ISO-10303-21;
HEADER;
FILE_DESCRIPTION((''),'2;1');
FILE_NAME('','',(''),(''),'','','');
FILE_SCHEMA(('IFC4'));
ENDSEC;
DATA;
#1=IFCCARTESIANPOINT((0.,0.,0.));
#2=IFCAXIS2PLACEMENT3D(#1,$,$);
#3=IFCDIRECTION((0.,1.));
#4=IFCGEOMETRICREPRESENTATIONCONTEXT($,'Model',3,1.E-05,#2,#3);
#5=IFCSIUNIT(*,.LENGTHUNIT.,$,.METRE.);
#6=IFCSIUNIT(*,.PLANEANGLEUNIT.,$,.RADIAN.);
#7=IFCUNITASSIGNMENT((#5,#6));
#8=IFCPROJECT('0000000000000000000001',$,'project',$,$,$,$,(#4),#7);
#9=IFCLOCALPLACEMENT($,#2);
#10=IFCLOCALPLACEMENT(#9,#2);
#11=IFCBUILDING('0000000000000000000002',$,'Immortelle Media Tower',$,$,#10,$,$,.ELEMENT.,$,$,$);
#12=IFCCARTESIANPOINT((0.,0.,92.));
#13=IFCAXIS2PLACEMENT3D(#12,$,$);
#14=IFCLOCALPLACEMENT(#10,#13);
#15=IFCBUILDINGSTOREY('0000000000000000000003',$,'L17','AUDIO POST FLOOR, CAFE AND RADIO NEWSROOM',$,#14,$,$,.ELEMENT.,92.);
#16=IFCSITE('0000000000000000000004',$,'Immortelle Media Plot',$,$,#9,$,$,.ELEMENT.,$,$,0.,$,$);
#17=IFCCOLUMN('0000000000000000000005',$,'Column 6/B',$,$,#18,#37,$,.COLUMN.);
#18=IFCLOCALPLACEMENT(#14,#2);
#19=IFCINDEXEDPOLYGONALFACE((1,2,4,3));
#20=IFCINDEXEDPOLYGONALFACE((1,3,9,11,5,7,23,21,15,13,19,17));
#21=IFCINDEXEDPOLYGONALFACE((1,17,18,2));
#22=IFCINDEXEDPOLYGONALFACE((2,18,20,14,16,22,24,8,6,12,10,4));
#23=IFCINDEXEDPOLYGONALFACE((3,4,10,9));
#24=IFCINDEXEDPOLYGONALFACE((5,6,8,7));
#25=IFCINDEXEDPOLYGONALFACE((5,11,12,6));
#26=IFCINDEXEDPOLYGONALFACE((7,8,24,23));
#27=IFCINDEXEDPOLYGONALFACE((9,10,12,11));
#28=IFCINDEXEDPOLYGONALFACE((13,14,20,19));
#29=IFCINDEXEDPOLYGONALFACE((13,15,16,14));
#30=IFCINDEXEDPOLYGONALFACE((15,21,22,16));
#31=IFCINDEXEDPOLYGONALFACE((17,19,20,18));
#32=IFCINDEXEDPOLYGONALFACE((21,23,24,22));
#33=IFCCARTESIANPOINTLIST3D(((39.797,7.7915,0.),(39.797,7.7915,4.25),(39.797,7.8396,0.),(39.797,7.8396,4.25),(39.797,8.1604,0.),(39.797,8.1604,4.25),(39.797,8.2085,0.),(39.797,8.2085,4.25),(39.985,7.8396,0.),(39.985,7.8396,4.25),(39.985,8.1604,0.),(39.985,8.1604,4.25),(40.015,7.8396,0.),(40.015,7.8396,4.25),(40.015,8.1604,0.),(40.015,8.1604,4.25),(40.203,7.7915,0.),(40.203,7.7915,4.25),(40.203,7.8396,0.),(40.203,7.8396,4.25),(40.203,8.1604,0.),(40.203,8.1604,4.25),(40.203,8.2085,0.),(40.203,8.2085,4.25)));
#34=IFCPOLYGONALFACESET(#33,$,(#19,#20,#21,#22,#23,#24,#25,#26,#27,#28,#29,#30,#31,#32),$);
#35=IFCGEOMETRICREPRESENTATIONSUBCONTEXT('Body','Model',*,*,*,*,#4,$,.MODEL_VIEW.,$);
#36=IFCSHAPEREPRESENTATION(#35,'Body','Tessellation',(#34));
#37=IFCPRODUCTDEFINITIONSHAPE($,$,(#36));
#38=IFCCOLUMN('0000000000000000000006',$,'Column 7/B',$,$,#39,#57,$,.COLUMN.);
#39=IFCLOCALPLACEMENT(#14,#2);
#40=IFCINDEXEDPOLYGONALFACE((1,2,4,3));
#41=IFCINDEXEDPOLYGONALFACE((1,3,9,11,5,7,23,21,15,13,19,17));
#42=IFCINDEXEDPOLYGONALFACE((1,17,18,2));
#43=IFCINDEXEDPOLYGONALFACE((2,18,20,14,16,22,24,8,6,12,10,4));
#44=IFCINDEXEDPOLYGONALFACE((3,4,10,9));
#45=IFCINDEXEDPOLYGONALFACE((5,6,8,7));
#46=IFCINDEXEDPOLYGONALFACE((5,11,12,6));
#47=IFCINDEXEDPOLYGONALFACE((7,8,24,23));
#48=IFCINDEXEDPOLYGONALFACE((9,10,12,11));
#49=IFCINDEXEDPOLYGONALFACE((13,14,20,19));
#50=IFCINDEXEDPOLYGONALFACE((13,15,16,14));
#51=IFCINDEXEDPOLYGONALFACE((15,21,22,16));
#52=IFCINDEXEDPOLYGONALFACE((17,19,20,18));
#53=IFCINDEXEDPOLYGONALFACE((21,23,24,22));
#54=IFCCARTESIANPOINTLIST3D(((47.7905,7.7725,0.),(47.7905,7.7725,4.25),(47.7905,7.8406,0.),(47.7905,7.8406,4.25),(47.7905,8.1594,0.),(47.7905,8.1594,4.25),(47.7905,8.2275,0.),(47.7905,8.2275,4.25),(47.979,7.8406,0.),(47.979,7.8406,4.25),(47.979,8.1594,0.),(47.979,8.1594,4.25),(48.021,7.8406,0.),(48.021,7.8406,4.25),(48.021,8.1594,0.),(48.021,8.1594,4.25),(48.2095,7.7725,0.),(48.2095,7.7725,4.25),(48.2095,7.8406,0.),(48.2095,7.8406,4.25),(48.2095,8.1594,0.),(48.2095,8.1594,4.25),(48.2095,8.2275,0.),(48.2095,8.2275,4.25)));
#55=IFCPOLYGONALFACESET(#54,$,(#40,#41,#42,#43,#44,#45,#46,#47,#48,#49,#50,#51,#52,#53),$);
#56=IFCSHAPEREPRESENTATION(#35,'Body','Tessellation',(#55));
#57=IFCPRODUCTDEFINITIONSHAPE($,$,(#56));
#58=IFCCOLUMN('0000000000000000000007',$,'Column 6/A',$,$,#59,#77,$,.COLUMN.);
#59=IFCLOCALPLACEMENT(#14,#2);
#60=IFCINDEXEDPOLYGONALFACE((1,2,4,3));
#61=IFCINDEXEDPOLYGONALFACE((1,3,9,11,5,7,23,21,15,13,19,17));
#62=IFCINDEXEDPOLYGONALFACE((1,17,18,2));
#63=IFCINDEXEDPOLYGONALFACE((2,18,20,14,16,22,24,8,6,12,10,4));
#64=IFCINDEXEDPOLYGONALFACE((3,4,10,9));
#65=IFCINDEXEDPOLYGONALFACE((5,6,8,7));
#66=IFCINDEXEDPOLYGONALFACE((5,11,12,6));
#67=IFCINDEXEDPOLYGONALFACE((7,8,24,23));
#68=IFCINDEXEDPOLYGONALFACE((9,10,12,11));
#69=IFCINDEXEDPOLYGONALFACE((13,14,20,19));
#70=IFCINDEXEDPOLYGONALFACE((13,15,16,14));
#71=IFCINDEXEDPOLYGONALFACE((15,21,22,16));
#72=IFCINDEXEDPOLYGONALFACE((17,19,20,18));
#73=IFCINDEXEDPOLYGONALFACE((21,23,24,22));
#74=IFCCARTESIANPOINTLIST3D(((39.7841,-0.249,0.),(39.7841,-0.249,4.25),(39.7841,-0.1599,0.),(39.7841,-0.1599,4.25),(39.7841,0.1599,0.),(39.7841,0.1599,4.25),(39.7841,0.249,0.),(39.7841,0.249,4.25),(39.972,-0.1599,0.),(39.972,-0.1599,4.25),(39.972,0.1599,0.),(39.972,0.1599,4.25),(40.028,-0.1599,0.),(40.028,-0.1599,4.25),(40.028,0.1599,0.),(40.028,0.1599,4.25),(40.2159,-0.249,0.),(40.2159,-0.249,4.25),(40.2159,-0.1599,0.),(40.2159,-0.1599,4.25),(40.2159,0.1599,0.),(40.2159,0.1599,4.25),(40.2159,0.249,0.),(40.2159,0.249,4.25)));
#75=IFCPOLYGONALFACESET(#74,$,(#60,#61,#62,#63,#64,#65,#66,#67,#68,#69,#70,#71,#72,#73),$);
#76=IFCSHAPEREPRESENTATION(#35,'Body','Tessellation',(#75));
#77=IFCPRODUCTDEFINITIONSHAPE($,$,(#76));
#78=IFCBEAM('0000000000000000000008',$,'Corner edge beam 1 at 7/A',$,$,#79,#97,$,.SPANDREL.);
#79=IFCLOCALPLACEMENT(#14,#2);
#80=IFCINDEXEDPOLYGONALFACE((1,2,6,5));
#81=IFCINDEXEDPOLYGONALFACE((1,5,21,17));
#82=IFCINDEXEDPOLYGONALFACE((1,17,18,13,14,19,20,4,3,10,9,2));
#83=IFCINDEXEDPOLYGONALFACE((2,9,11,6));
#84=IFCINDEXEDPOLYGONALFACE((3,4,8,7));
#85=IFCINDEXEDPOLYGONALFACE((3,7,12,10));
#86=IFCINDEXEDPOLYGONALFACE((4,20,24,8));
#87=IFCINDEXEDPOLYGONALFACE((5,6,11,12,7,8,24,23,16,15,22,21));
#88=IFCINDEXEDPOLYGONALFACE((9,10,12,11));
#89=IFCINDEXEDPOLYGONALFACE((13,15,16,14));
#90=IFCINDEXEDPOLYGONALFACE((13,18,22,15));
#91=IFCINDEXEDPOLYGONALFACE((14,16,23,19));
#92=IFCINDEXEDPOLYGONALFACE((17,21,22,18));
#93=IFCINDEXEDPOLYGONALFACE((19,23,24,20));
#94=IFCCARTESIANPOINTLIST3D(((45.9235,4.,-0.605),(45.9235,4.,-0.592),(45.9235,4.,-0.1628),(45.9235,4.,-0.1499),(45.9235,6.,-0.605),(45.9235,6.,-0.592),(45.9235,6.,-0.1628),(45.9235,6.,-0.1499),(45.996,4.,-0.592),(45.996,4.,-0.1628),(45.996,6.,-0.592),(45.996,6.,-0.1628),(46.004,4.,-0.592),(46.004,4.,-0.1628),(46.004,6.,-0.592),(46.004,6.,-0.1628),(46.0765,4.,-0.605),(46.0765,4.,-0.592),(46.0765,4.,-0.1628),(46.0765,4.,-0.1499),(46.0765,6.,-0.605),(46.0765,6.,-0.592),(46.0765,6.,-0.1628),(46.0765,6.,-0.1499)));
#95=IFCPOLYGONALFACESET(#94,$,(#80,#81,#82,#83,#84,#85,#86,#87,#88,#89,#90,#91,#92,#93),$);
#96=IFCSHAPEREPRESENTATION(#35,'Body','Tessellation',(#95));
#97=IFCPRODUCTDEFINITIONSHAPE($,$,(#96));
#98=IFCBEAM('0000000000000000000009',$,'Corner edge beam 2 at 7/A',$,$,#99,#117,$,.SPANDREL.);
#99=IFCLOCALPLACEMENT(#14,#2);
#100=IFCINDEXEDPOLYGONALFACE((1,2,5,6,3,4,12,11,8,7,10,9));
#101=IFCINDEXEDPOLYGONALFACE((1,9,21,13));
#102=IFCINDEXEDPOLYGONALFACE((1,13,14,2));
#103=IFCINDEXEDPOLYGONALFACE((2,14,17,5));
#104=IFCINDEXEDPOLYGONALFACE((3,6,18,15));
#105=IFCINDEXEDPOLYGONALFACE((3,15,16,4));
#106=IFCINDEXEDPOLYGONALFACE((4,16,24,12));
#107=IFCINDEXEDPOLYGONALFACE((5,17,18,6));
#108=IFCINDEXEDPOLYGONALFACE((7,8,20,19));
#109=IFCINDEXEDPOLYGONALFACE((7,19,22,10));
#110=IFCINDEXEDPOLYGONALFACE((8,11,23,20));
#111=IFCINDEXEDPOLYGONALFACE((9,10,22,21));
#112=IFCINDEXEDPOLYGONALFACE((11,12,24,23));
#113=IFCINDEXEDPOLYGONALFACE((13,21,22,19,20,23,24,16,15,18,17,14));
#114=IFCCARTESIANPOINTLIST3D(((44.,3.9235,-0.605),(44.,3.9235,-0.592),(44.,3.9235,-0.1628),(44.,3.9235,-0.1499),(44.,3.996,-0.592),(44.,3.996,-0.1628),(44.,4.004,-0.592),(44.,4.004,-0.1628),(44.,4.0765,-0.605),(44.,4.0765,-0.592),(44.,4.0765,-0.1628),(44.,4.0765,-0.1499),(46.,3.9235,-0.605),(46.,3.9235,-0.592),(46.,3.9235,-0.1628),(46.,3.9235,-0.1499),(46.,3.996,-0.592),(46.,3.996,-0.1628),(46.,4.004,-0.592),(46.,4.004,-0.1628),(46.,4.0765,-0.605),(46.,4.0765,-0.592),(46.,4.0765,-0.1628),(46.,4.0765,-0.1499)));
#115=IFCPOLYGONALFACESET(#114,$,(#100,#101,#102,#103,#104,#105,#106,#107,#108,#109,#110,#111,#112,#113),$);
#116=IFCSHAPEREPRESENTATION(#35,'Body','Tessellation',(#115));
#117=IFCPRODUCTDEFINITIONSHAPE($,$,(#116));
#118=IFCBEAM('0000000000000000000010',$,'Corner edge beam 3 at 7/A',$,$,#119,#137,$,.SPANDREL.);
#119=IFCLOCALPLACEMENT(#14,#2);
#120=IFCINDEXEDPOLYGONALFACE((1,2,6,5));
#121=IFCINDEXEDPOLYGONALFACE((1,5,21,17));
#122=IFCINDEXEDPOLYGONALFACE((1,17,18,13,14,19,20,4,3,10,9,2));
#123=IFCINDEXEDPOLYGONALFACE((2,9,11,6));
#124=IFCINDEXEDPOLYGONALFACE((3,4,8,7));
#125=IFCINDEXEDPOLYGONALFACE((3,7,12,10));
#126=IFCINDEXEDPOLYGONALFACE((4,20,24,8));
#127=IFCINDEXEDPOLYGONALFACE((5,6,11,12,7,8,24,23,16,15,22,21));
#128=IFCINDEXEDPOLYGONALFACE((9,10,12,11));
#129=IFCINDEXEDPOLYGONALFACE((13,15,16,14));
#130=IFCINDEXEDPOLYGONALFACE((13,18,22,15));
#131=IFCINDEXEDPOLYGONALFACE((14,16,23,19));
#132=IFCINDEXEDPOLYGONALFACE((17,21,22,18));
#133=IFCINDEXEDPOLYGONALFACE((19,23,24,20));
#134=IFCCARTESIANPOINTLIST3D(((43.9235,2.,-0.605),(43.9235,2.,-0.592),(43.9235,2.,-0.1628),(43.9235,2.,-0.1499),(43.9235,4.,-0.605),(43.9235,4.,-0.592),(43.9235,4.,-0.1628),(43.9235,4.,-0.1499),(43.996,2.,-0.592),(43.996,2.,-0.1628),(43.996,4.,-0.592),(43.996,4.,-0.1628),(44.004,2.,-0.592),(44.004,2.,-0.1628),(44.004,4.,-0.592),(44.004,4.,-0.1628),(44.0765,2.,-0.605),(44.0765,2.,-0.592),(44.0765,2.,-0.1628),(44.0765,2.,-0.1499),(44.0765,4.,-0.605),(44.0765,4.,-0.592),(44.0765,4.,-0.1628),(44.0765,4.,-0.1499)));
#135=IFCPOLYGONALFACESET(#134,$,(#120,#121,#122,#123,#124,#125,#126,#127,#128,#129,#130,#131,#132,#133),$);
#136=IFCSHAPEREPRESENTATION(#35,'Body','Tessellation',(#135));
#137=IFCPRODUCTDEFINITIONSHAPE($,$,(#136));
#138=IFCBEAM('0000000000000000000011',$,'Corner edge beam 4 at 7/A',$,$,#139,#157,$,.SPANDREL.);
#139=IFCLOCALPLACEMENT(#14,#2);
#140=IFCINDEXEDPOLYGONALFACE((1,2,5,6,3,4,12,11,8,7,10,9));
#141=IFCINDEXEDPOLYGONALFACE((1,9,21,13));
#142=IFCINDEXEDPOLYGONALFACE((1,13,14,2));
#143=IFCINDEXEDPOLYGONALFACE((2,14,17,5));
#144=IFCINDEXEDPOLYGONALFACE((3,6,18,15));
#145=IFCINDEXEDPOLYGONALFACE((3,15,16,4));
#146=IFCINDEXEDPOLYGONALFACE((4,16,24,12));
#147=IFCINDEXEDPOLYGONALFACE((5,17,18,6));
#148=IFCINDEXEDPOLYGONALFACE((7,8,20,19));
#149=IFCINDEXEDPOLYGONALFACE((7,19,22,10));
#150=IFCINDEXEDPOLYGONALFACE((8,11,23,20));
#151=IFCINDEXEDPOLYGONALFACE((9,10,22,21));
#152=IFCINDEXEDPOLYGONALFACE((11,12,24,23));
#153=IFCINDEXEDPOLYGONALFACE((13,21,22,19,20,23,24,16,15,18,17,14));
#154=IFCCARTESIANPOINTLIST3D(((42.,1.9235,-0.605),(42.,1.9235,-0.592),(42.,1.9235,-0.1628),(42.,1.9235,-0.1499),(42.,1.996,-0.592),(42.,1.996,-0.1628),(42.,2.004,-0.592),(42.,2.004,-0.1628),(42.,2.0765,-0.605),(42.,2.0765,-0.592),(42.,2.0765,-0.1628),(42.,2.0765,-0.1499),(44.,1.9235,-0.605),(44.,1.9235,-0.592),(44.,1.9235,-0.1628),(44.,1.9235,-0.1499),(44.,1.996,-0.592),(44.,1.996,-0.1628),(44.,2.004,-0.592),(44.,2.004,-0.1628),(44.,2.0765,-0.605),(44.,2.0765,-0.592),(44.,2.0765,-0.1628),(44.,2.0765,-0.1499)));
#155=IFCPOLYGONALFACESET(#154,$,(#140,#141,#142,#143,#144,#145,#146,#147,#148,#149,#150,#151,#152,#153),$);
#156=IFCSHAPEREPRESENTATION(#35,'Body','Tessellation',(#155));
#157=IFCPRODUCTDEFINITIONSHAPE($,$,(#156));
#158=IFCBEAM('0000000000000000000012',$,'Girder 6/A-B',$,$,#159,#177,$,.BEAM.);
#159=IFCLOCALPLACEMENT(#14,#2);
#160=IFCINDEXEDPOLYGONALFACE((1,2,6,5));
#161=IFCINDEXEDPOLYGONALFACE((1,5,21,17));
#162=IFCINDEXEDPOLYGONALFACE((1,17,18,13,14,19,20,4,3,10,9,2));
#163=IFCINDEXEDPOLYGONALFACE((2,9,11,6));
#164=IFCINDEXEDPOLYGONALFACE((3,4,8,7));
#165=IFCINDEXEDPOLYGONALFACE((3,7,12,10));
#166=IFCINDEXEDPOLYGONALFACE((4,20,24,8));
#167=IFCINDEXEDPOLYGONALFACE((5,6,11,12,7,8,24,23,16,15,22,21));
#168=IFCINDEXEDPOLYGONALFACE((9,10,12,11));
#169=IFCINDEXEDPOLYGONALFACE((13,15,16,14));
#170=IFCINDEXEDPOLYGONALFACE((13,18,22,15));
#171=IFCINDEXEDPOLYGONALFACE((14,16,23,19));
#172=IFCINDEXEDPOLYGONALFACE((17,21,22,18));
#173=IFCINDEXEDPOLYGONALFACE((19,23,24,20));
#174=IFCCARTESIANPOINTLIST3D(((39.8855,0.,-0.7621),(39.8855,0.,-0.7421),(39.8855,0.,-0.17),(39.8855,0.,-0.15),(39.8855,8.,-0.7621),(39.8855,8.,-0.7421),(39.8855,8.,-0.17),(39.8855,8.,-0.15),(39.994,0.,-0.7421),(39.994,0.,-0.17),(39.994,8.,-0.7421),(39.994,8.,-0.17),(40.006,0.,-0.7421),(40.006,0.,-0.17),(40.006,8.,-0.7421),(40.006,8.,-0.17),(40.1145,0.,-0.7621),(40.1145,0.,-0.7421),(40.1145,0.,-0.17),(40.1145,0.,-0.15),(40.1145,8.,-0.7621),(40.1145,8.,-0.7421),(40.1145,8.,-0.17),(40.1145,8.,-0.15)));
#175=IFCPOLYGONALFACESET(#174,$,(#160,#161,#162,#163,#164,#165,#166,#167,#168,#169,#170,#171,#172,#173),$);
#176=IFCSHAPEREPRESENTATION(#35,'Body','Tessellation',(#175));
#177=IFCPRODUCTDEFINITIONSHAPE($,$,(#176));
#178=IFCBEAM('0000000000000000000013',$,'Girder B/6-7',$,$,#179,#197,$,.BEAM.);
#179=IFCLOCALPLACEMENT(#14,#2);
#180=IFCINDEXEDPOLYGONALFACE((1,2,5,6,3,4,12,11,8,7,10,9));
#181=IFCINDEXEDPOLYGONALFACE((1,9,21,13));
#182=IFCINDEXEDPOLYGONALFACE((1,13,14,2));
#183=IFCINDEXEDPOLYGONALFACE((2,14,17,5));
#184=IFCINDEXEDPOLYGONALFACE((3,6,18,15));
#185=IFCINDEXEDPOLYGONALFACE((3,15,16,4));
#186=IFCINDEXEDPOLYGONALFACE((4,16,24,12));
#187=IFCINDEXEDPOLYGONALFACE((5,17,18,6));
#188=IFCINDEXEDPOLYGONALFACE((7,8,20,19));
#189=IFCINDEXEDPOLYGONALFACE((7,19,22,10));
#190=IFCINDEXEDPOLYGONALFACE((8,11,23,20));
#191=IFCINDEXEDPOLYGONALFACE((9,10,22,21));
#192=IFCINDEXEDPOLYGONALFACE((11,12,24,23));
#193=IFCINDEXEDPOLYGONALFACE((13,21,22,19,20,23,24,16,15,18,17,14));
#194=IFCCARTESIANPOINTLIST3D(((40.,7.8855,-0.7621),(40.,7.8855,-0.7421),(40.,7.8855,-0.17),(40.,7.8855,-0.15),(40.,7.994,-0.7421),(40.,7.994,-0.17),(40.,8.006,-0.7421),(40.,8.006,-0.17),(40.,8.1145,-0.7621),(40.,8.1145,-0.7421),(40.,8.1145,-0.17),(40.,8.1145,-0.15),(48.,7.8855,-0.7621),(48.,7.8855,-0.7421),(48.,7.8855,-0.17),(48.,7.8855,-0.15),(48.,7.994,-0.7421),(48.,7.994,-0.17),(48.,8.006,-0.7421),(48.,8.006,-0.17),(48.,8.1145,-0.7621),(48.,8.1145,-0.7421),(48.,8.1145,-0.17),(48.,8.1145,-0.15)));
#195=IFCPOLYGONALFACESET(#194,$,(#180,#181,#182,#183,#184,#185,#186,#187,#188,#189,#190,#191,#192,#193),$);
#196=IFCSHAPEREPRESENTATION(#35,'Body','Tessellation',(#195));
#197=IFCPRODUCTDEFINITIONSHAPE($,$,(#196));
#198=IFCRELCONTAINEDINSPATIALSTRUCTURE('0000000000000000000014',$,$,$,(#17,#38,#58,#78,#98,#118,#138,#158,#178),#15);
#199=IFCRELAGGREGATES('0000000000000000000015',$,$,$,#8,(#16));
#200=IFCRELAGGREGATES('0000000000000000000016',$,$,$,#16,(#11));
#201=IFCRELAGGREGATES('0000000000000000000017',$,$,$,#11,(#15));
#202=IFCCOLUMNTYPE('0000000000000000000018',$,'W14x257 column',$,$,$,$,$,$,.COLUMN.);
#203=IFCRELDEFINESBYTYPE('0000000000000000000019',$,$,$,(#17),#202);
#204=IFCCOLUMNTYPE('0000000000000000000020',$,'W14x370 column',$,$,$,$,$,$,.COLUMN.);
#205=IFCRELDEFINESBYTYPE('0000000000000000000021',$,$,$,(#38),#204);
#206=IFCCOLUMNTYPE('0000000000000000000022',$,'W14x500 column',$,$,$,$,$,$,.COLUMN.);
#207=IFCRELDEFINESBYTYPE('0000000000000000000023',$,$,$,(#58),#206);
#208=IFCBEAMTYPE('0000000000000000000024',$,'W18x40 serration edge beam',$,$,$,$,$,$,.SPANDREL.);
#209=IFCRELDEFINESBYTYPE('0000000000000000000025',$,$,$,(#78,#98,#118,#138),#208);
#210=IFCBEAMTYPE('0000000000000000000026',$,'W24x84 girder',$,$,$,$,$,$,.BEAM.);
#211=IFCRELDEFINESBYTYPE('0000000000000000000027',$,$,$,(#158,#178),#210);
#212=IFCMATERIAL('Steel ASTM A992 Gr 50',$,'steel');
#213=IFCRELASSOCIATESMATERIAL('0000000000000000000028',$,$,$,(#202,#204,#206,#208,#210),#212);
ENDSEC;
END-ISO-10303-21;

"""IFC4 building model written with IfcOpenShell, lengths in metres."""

from ifc_helpers import new_model, si_unit, direction, frame, origin, origin_2d, place, context, subcontext, project, spatial, i_section, extrude, material, material_profile, profile_set, type_object, element, save


model = new_model("IFC4")

# Units and contexts
model_context = context("Model", 3, precision=1e-05, world=origin(), true_north=direction((0.0, 1.0)))
body_context = subcontext(model_context, "Body", "Model", "MODEL_VIEW")
ifc_project = project(units=[si_unit("LENGTHUNIT", "METRE"), si_unit("PLANEANGLEUNIT", "RADIAN")], contexts=[model_context])

# Site, building, storey
site_placement = place(None, origin())
site = spatial("IfcSite", under=ifc_project, at=site_placement, Name="Immortelle Media Plot", CompositionType="ELEMENT", RefElevation=0.0)
building_placement = place(site_placement, origin())
building = spatial("IfcBuilding", under=site, at=building_placement, Name="Immortelle Media Tower", CompositionType="ELEMENT")
storey_placement = place(building_placement, frame((0.0, 0.0, 92.0)))
storey = spatial("IfcBuildingStorey", under=building, at=storey_placement, Name="L17", Description="AUDIO POST FLOOR, CAFE AND RADIO NEWSROOM", CompositionType="ELEMENT", Elevation=92.0)

# Columns
ifc_material_1 = material(Name="Steel ASTM A992 Gr 50", Category="steel")
ifc_material_profile_1 = material_profile(ifc_material_1, i_section(OverallWidth=0.406, OverallDepth=0.417, WebThickness=0.03, FlangeThickness=0.0481, at=origin_2d()), Name="W14x257")
ifc_profile_set_1 = profile_set([ifc_material_profile_1], Name="Steel ASTM A992 Gr 50")
column_type_1 = type_object("IfcColumnType", Name="W14x257 column", PredefinedType="COLUMN", material=ifc_profile_set_1)
column_1_placement = place(storey_placement, frame((40.0, 8.0, 0.0), z_axis=(0.0, 0.0, 1.0), x_axis=(1.0, 0.0, 0.0)))
element("IfcColumn", 1, at=column_1_placement, inside=storey, type_object=column_type_1, Name="Column 6/B", PredefinedType="COLUMN", context=body_context, shape_type="SweptSolid", body=[
    extrude(i_section(OverallWidth=0.406, OverallDepth=0.417, WebThickness=0.03, FlangeThickness=0.0481, at=origin_2d()), origin(), (0.0, 0.0, 1.0), 4.25),
])
ifc_material_profile_2 = material_profile(ifc_material_1, i_section(OverallWidth=0.4189, OverallDepth=0.4551, WebThickness=0.042, FlangeThickness=0.0681, at=origin_2d()), Name="W14x370")
ifc_profile_set_2 = profile_set([ifc_material_profile_2], Name="Steel ASTM A992 Gr 50")
column_type_2 = type_object("IfcColumnType", Name="W14x370 column", PredefinedType="COLUMN", material=ifc_profile_set_2)
column_2_placement = place(storey_placement, frame((48.0, 8.0, 0.0), z_axis=(0.0, 0.0, 1.0), x_axis=(1.0, 0.0, 0.0)))
element("IfcColumn", 2, at=column_2_placement, inside=storey, type_object=column_type_2, Name="Column 7/B", PredefinedType="COLUMN", context=body_context, shape_type="SweptSolid", body=[
    extrude(i_section(OverallWidth=0.4189, OverallDepth=0.4551, WebThickness=0.042, FlangeThickness=0.0681, at=origin_2d()), origin(), (0.0, 0.0, 1.0), 4.25),
])
ifc_material_profile_3 = material_profile(ifc_material_1, i_section(OverallWidth=0.4319, OverallDepth=0.498, WebThickness=0.0559, FlangeThickness=0.0891, at=origin_2d()), Name="W14x500")
ifc_profile_set_3 = profile_set([ifc_material_profile_3], Name="Steel ASTM A992 Gr 50")
column_type_3 = type_object("IfcColumnType", Name="W14x500 column", PredefinedType="COLUMN", material=ifc_profile_set_3)
column_3_placement = place(storey_placement, frame((40.0, 0.0, 0.0), z_axis=(0.0, 0.0, 1.0), x_axis=(1.0, 0.0, 0.0)))
element("IfcColumn", 3, at=column_3_placement, inside=storey, type_object=column_type_3, Name="Column 6/A", PredefinedType="COLUMN", context=body_context, shape_type="SweptSolid", body=[
    extrude(i_section(OverallWidth=0.4319, OverallDepth=0.498, WebThickness=0.0559, FlangeThickness=0.0891, at=origin_2d()), origin(), (0.0, 0.0, 1.0), 4.25),
])

# Beams
ifc_material_profile_4 = material_profile(ifc_material_1, i_section(OverallWidth=0.1531, OverallDepth=0.4551, WebThickness=0.0081, FlangeThickness=0.0129, at=origin_2d()), Name="W18x40")
ifc_profile_set_4 = profile_set([ifc_material_profile_4], Name="Steel ASTM A992 Gr 50")
beam_type_1 = type_object("IfcBeamType", Name="W18x40 serration edge beam", PredefinedType="SPANDREL", material=ifc_profile_set_4)
for number, where, z_axis, x_axis, name in (
    (4, (46.0, 6.0, -0.3774), (0.0, -1.0, 0.0), (1.0, 0.0, 0.0), "Corner edge beam 1 at 7/A"),
    (5, (46.0, 4.0, -0.3774), (-1.0, 0.0, 0.0), (0.0, -1.0, 0.0), "Corner edge beam 2 at 7/A"),
    (6, (44.0, 4.0, -0.3774), (0.0, -1.0, 0.0), (1.0, 0.0, 0.0), "Corner edge beam 3 at 7/A"),
    (7, (44.0, 2.0, -0.3774), (-1.0, 0.0, 0.0), (0.0, -1.0, 0.0), "Corner edge beam 4 at 7/A"),
):
    element("IfcBeam", number, at=place(storey_placement, frame(where, z_axis=z_axis, x_axis=x_axis)), inside=storey, type_object=beam_type_1, Name=name, PredefinedType="SPANDREL", context=body_context, shape_type="SweptSolid", body=[
        extrude(i_section(OverallWidth=0.1531, OverallDepth=0.4551, WebThickness=0.0081, FlangeThickness=0.0129, at=origin_2d()), origin(), (0.0, 0.0, 1.0), 2.0),
    ])
ifc_material_profile_5 = material_profile(ifc_material_1, i_section(OverallWidth=0.229, OverallDepth=0.6121, WebThickness=0.012, FlangeThickness=0.02, at=origin_2d()), Name="W24x84")
ifc_profile_set_5 = profile_set([ifc_material_profile_5], Name="Steel ASTM A992 Gr 50")
beam_type_2 = type_object("IfcBeamType", Name="W24x84 girder", PredefinedType="BEAM", material=ifc_profile_set_5)
for number, where, z_axis, x_axis, name in (
    (8, (40.0, 0.0, -0.4561), (0.0, 1.0, 0.0), (-1.0, 0.0, 0.0), "Girder 6/A-B"),
    (9, (40.0, 8.0, -0.4561), (1.0, 0.0, 0.0), (0.0, 1.0, 0.0), "Girder B/6-7"),
):
    element("IfcBeam", number, at=place(storey_placement, frame(where, z_axis=z_axis, x_axis=x_axis)), inside=storey, type_object=beam_type_2, Name=name, PredefinedType="BEAM", context=body_context, shape_type="SweptSolid", body=[
        extrude(i_section(OverallWidth=0.229, OverallDepth=0.6121, WebThickness=0.012, FlangeThickness=0.02, at=origin_2d()), origin(), (0.0, 0.0, 1.0), 8.0),
    ])

save(model, "model.ifc")
